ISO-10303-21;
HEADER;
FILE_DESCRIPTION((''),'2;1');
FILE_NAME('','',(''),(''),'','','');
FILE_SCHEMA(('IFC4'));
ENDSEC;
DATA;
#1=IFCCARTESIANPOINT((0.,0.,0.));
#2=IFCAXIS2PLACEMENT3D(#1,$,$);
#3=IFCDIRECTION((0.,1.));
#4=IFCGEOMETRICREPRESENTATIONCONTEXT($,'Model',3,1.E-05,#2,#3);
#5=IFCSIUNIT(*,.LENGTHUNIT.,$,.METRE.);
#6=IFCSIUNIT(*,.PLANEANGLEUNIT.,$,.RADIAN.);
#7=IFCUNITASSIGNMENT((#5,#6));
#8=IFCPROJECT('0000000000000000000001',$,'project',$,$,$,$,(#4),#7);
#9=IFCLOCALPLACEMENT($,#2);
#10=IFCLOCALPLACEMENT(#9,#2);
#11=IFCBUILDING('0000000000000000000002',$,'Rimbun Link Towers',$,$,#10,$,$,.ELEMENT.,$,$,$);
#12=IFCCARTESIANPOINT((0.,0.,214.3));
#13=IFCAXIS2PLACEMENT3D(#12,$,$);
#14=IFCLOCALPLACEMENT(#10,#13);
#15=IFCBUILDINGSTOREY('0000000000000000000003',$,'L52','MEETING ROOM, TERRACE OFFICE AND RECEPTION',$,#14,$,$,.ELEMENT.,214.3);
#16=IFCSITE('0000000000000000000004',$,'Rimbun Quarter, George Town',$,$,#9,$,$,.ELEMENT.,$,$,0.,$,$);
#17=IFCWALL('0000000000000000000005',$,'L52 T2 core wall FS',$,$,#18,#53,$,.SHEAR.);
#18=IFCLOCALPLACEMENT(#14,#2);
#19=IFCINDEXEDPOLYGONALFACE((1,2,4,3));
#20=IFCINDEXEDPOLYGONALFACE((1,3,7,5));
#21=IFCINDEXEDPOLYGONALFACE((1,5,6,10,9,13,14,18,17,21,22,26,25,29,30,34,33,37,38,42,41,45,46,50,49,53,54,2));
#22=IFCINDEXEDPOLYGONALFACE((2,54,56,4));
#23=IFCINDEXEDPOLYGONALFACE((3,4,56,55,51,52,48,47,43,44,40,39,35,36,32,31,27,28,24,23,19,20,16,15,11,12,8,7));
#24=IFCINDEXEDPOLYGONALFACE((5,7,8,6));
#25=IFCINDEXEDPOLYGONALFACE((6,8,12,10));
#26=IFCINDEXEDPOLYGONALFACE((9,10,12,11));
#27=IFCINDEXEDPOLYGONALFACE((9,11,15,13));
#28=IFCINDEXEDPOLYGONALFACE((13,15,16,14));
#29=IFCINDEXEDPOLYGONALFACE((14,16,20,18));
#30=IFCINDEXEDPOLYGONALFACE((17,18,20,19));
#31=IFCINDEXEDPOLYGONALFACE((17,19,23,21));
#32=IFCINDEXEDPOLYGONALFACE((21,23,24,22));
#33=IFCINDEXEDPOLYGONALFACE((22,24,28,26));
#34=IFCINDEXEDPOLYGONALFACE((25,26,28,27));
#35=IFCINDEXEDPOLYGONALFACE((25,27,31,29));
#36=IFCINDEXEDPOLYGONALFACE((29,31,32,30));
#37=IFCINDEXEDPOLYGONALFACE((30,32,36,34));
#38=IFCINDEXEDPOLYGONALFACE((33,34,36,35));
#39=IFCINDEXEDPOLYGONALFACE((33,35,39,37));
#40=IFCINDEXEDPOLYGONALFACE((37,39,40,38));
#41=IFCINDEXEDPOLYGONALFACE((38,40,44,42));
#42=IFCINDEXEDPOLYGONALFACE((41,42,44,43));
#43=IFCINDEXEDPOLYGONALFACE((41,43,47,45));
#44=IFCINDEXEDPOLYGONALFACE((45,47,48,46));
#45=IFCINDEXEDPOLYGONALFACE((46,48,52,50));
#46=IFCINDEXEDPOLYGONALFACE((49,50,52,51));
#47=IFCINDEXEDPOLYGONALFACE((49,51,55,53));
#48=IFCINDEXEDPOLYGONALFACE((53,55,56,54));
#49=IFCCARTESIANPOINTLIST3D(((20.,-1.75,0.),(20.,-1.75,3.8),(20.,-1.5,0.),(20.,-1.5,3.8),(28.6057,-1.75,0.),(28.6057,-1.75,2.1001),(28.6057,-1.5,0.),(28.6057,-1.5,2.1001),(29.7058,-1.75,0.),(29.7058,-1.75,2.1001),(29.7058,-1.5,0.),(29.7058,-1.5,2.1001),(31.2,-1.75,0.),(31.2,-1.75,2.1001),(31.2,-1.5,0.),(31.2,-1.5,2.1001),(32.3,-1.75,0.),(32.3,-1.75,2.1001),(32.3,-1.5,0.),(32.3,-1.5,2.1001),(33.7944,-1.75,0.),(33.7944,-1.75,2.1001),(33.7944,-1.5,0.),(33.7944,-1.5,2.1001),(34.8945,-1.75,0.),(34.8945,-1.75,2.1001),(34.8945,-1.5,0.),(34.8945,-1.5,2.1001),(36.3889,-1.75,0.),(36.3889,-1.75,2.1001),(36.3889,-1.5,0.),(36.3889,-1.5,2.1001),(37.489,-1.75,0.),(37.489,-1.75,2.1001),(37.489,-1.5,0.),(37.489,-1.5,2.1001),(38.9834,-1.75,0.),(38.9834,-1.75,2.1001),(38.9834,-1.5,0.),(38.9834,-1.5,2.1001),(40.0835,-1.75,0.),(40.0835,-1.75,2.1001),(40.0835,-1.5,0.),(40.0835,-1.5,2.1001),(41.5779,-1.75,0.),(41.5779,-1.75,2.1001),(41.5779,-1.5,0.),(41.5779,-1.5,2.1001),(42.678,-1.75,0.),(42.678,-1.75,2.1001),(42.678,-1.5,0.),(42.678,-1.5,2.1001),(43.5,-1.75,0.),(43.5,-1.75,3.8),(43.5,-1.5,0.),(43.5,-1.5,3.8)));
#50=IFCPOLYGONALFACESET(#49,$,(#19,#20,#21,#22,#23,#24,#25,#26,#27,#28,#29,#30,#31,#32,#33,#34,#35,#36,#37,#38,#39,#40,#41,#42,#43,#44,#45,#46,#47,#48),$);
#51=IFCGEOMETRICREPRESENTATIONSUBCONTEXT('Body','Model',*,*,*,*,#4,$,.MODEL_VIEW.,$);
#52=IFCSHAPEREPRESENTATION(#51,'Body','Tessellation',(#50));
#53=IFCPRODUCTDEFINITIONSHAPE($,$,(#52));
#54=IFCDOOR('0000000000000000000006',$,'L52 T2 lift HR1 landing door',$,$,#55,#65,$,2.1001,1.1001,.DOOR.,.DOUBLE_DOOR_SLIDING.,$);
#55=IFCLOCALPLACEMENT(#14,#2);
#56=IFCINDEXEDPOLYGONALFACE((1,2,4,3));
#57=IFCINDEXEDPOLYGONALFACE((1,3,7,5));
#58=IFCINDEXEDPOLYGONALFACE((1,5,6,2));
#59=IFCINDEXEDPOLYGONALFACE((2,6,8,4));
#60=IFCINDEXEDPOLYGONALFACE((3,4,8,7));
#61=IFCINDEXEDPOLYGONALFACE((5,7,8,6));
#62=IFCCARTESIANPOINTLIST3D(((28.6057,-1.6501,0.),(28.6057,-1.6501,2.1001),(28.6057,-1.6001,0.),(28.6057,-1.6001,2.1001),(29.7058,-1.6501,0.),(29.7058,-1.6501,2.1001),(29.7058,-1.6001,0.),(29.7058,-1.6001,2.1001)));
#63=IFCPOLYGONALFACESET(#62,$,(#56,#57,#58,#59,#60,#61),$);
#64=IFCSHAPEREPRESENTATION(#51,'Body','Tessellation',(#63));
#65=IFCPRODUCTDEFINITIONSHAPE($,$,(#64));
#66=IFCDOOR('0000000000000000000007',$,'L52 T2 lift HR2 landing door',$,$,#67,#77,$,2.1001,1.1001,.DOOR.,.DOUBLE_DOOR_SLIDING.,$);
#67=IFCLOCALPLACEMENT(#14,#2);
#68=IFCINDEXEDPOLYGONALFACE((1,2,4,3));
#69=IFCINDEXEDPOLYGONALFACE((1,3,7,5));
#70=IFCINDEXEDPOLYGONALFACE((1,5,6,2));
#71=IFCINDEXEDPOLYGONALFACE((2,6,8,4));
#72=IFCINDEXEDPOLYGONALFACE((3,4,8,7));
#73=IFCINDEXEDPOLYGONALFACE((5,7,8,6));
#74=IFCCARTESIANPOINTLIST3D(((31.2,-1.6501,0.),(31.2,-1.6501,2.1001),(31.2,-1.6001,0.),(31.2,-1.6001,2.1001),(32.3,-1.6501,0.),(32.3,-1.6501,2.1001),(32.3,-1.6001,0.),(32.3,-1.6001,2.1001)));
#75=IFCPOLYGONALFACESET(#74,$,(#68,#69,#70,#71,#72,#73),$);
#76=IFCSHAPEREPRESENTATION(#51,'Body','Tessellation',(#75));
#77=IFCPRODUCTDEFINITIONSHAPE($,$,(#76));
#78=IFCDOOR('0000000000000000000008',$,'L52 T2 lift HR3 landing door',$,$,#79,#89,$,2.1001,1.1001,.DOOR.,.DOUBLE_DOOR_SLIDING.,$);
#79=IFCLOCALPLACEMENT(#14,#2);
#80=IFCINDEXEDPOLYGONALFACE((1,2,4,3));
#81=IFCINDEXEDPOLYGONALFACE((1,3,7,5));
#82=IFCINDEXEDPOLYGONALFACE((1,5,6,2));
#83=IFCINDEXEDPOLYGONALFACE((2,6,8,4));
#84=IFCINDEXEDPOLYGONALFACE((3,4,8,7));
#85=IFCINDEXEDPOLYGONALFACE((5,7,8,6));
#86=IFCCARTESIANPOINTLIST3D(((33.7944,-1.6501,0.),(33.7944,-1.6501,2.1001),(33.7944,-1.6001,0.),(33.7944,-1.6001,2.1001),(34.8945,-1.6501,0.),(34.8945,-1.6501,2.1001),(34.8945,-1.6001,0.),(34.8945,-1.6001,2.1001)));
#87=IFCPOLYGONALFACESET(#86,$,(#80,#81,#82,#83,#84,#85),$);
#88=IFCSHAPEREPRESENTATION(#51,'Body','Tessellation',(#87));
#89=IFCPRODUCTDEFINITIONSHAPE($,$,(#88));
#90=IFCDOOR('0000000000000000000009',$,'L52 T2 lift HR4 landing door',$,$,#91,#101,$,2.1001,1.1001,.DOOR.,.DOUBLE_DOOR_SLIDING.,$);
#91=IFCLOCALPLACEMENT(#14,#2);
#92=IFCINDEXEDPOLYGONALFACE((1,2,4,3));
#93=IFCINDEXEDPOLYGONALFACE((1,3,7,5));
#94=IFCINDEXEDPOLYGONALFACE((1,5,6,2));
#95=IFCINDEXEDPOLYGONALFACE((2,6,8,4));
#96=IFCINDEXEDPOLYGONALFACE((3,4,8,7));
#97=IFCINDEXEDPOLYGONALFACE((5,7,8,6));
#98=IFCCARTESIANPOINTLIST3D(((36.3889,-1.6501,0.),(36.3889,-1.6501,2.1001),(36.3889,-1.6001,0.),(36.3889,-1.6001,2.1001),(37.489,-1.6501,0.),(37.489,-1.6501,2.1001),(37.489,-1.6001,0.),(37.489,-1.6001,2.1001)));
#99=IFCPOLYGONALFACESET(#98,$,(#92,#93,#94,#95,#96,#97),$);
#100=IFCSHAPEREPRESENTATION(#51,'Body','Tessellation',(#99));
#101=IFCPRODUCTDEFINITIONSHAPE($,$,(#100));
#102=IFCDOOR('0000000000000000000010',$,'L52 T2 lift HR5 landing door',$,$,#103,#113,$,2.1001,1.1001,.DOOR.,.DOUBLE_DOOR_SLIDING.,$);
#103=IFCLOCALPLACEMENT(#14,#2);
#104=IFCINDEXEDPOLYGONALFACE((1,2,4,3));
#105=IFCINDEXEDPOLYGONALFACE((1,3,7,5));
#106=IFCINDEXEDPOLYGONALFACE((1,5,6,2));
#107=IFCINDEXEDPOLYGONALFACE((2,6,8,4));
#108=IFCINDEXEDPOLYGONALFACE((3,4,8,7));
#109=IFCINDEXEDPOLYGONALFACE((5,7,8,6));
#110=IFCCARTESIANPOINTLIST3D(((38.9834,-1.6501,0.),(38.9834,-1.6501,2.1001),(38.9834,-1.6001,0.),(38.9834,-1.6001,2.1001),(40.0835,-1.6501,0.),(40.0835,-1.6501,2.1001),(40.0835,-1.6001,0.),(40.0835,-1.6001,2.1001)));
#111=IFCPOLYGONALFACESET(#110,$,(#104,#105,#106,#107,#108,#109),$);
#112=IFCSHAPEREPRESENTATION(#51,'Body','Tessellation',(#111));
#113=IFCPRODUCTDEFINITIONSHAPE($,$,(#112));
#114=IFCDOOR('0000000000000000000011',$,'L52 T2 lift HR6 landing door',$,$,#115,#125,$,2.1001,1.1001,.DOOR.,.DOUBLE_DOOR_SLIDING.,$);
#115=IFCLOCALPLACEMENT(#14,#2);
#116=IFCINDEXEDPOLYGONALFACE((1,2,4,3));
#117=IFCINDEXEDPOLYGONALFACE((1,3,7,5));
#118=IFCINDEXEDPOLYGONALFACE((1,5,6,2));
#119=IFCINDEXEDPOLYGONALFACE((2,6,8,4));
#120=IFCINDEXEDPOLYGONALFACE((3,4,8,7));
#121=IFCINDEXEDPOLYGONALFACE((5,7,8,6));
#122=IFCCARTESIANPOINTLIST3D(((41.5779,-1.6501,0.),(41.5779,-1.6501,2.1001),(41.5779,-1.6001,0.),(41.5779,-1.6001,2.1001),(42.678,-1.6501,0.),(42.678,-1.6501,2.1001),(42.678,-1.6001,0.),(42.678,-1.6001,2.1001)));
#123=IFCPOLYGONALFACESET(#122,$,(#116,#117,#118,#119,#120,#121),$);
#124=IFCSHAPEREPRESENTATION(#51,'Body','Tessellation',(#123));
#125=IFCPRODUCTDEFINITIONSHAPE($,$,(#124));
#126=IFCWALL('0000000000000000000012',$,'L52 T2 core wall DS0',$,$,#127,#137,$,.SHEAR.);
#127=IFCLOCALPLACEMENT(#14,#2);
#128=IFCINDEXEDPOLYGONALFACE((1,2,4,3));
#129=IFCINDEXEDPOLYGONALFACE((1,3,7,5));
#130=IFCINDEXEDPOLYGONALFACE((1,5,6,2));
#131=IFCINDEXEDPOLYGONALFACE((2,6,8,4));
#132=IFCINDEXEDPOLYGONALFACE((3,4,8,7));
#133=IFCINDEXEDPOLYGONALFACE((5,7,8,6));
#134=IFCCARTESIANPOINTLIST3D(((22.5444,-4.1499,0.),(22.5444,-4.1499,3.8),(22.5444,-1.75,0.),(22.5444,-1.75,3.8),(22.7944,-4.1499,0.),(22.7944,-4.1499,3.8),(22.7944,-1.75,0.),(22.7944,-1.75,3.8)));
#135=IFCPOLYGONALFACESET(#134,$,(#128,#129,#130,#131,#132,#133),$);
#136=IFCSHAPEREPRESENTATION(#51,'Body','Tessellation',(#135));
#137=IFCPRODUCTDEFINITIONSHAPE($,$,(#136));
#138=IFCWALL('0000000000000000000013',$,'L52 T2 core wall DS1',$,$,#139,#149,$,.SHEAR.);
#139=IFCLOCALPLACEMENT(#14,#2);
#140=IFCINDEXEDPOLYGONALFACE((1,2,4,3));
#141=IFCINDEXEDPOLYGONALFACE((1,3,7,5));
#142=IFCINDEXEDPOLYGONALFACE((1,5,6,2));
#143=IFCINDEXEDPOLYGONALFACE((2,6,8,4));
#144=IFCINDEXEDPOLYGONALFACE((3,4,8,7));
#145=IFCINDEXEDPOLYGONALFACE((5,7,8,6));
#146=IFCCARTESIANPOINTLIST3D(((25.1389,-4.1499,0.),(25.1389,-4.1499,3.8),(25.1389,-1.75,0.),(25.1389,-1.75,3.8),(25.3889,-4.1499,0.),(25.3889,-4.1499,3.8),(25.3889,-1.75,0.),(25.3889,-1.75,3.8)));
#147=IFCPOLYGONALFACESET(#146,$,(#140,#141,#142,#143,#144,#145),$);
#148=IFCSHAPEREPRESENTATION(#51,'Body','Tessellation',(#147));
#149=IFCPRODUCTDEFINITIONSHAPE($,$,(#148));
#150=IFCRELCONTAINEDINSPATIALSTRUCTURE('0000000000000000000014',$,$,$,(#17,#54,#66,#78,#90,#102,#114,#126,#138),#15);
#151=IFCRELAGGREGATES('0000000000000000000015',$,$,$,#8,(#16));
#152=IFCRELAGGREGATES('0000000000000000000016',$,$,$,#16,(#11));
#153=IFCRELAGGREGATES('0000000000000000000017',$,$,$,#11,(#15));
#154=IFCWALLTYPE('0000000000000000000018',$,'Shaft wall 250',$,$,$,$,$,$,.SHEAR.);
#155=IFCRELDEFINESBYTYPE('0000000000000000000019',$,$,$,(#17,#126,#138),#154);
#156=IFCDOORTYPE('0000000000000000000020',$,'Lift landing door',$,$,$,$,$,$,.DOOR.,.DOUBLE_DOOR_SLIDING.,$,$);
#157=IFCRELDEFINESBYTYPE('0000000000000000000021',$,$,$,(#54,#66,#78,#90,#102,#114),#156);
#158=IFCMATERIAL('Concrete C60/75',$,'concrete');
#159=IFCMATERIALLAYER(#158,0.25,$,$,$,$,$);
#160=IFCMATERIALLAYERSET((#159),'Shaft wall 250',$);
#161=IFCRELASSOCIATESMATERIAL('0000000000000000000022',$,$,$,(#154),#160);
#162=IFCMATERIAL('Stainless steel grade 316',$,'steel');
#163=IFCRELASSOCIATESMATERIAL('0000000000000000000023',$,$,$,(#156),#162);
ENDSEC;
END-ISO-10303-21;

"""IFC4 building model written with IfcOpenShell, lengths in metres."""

from ifc_helpers import new_model, si_unit, direction, frame, frame_2d, origin, place, context, subcontext, project, spatial, rectangle, extrude, material, layer, layer_set, type_object, element, fill, save


model = new_model("IFC4")

# Units and contexts
model_context = context("Model", 3, precision=1e-05, world=origin(), true_north=direction((0.0, 1.0)))
body_context = subcontext(model_context, "Body", "Model", "MODEL_VIEW")
ifc_project = project(units=[si_unit("LENGTHUNIT", "METRE"), si_unit("PLANEANGLEUNIT", "RADIAN")], contexts=[model_context])

# Site, building, storey
site_placement = place(None, origin())
site = spatial("IfcSite", under=ifc_project, at=site_placement, Name="Rimbun Quarter, George Town", CompositionType="ELEMENT", RefElevation=0.0)
building_placement = place(site_placement, origin())
building = spatial("IfcBuilding", under=site, at=building_placement, Name="Rimbun Link Towers", CompositionType="ELEMENT")
storey_placement = place(building_placement, frame((0.0, 0.0, 214.3)))
storey = spatial("IfcBuildingStorey", under=building, at=storey_placement, Name="L52", Description="MEETING ROOM, TERRACE OFFICE AND RECEPTION", CompositionType="ELEMENT", Elevation=214.3)

# Shared definitions
ifc_material_1 = material(Name="Concrete C60/75", Category="concrete")
ifc_layer_1 = layer(ifc_material_1, 0.25)
ifc_layer_set_1 = layer_set([ifc_layer_1], Name="Shaft wall 250")
wall_type_1 = type_object("IfcWallType", Name="Shaft wall 250", PredefinedType="SHEAR", material=ifc_layer_set_1)

# Wall, openings, doors
wall_1_placement = place(storey_placement, frame((20.0, -1.625, 0.0), z_axis=(0.0, 0.0, 1.0), x_axis=(1.0, 0.0, 0.0)))
wall_1 = element("IfcWall", 1, at=wall_1_placement, inside=storey, type_object=wall_type_1, Name="L52 T2 core wall FS", PredefinedType="SHEAR", context=body_context, shape_type="SweptSolid", body=[
    extrude(rectangle(XDim=23.5, YDim=0.25, at=frame_2d((11.75, 0.0))), origin(), (0.0, 0.0, 1.0), 3.8),
])
opening_1_placement = place(wall_1_placement, frame((8.6057, 0.0, 0.0)))
opening_1 = element("IfcOpeningElement", 2, at=opening_1_placement, cuts=wall_1, PredefinedType="OPENING", context=body_context, shape_type="SweptSolid", body=[
    extrude(rectangle(XDim=1.1001, YDim=2.1001, at=frame_2d((0.55, 1.05))), frame((0.0, 0.135, 0.0), z_axis=(0.0, -1.0, 0.0), x_axis=(1.0, 0.0, 0.0)), (0.0, 0.0, 1.0), 0.27),
])
opening_2_placement = place(wall_1_placement, frame((11.2, 0.0, 0.0)))
opening_2 = element("IfcOpeningElement", 3, at=opening_2_placement, cuts=wall_1, PredefinedType="OPENING", context=body_context, shape_type="SweptSolid", body=[
    extrude(rectangle(XDim=1.1001, YDim=2.1001, at=frame_2d((0.55, 1.05))), frame((0.0, 0.135, 0.0), z_axis=(0.0, -1.0, 0.0), x_axis=(1.0, 0.0, 0.0)), (0.0, 0.0, 1.0), 0.27),
])
opening_3_placement = place(wall_1_placement, frame((13.7944, 0.0, 0.0)))
opening_3 = element("IfcOpeningElement", 4, at=opening_3_placement, cuts=wall_1, PredefinedType="OPENING", context=body_context, shape_type="SweptSolid", body=[
    extrude(rectangle(XDim=1.1001, YDim=2.1001, at=frame_2d((0.55, 1.05))), frame((0.0, 0.135, 0.0), z_axis=(0.0, -1.0, 0.0), x_axis=(1.0, 0.0, 0.0)), (0.0, 0.0, 1.0), 0.27),
])
opening_4_placement = place(wall_1_placement, frame((16.3889, 0.0, 0.0)))
opening_4 = element("IfcOpeningElement", 5, at=opening_4_placement, cuts=wall_1, PredefinedType="OPENING", context=body_context, shape_type="SweptSolid", body=[
    extrude(rectangle(XDim=1.1001, YDim=2.1001, at=frame_2d((0.55, 1.05))), frame((0.0, 0.135, 0.0), z_axis=(0.0, -1.0, 0.0), x_axis=(1.0, 0.0, 0.0)), (0.0, 0.0, 1.0), 0.27),
])
opening_5_placement = place(wall_1_placement, frame((18.9834, 0.0, 0.0)))
opening_5 = element("IfcOpeningElement", 6, at=opening_5_placement, cuts=wall_1, PredefinedType="OPENING", context=body_context, shape_type="SweptSolid", body=[
    extrude(rectangle(XDim=1.1001, YDim=2.1001, at=frame_2d((0.55, 1.05))), frame((0.0, 0.135, 0.0), z_axis=(0.0, -1.0, 0.0), x_axis=(1.0, 0.0, 0.0)), (0.0, 0.0, 1.0), 0.27),
])
opening_6_placement = place(wall_1_placement, frame((21.5779, 0.0, 0.0)))
opening_6 = element("IfcOpeningElement", 7, at=opening_6_placement, cuts=wall_1, PredefinedType="OPENING", context=body_context, shape_type="SweptSolid", body=[
    extrude(rectangle(XDim=1.1001, YDim=2.1001, at=frame_2d((0.55, 1.05))), frame((0.0, 0.135, 0.0), z_axis=(0.0, -1.0, 0.0), x_axis=(1.0, 0.0, 0.0)), (0.0, 0.0, 1.0), 0.27),
])
ifc_material_2 = material(Name="Stainless steel grade 316", Category="steel")
door_type_1 = type_object("IfcDoorType", Name="Lift landing door", OperationType="DOUBLE_DOOR_SLIDING", PredefinedType="DOOR", material=ifc_material_2)
door_1_placement = place(opening_1_placement, origin())
door_1 = element("IfcDoor", 8, at=door_1_placement, inside=storey, type_object=door_type_1, Name="L52 T2 lift HR1 landing door", OperationType="DOUBLE_DOOR_SLIDING", OverallHeight=2.1001, OverallWidth=1.1001, PredefinedType="DOOR", context=body_context, shape_type="SweptSolid", body=[
    extrude(rectangle(XDim=1.1001, YDim=2.1001, at=frame_2d((0.55, 1.05))), frame((0.0, 0.0249, 0.0), z_axis=(0.0, -1.0, 0.0), x_axis=(1.0, 0.0, 0.0)), (0.0, 0.0, 1.0), 0.05),
])
fill(opening_1, door_1)
door_2_placement = place(opening_2_placement, origin())
door_2 = element("IfcDoor", 9, at=door_2_placement, inside=storey, type_object=door_type_1, Name="L52 T2 lift HR2 landing door", OperationType="DOUBLE_DOOR_SLIDING", OverallHeight=2.1001, OverallWidth=1.1001, PredefinedType="DOOR", context=body_context, shape_type="SweptSolid", body=[
    extrude(rectangle(XDim=1.1001, YDim=2.1001, at=frame_2d((0.55, 1.05))), frame((0.0, 0.0249, 0.0), z_axis=(0.0, -1.0, 0.0), x_axis=(1.0, 0.0, 0.0)), (0.0, 0.0, 1.0), 0.05),
])
fill(opening_2, door_2)
door_3_placement = place(opening_3_placement, origin())
door_3 = element("IfcDoor", 10, at=door_3_placement, inside=storey, type_object=door_type_1, Name="L52 T2 lift HR3 landing door", OperationType="DOUBLE_DOOR_SLIDING", OverallHeight=2.1001, OverallWidth=1.1001, PredefinedType="DOOR", context=body_context, shape_type="SweptSolid", body=[
    extrude(rectangle(XDim=1.1001, YDim=2.1001, at=frame_2d((0.55, 1.05))), frame((0.0, 0.0249, 0.0), z_axis=(0.0, -1.0, 0.0), x_axis=(1.0, 0.0, 0.0)), (0.0, 0.0, 1.0), 0.05),
])
fill(opening_3, door_3)
door_4_placement = place(opening_4_placement, origin())
door_4 = element("IfcDoor", 11, at=door_4_placement, inside=storey, type_object=door_type_1, Name="L52 T2 lift HR4 landing door", OperationType="DOUBLE_DOOR_SLIDING", OverallHeight=2.1001, OverallWidth=1.1001, PredefinedType="DOOR", context=body_context, shape_type="SweptSolid", body=[
    extrude(rectangle(XDim=1.1001, YDim=2.1001, at=frame_2d((0.55, 1.05))), frame((0.0, 0.0249, 0.0), z_axis=(0.0, -1.0, 0.0), x_axis=(1.0, 0.0, 0.0)), (0.0, 0.0, 1.0), 0.05),
])
fill(opening_4, door_4)
door_5_placement = place(opening_5_placement, origin())
door_5 = element("IfcDoor", 12, at=door_5_placement, inside=storey, type_object=door_type_1, Name="L52 T2 lift HR5 landing door", OperationType="DOUBLE_DOOR_SLIDING", OverallHeight=2.1001, OverallWidth=1.1001, PredefinedType="DOOR", context=body_context, shape_type="SweptSolid", body=[
    extrude(rectangle(XDim=1.1001, YDim=2.1001, at=frame_2d((0.55, 1.05))), frame((0.0, 0.0249, 0.0), z_axis=(0.0, -1.0, 0.0), x_axis=(1.0, 0.0, 0.0)), (0.0, 0.0, 1.0), 0.05),
])
fill(opening_5, door_5)
door_6_placement = place(opening_6_placement, origin())
door_6 = element("IfcDoor", 13, at=door_6_placement, inside=storey, type_object=door_type_1, Name="L52 T2 lift HR6 landing door", OperationType="DOUBLE_DOOR_SLIDING", OverallHeight=2.1001, OverallWidth=1.1001, PredefinedType="DOOR", context=body_context, shape_type="SweptSolid", body=[
    extrude(rectangle(XDim=1.1001, YDim=2.1001, at=frame_2d((0.55, 1.05))), frame((0.0, 0.0249, 0.0), z_axis=(0.0, -1.0, 0.0), x_axis=(1.0, 0.0, 0.0)), (0.0, 0.0, 1.0), 0.05),
])
fill(opening_6, door_6)

# Walls
for number, where, z_axis, x_axis, name in (
    (14, (22.6694, -4.1499, 0.0), (0.0, 0.0, 1.0), (0.0, 1.0, 0.0), "L52 T2 core wall DS0"),
    (15, (25.2639, -4.1499, 0.0), (0.0, 0.0, 1.0), (0.0, 1.0, 0.0), "L52 T2 core wall DS1"),
):
    element("IfcWall", number, at=place(storey_placement, frame(where, z_axis=z_axis, x_axis=x_axis)), inside=storey, type_object=wall_type_1, Name=name, PredefinedType="SHEAR", context=body_context, shape_type="SweptSolid", body=[
        extrude(rectangle(XDim=2.3999, YDim=0.25, at=frame_2d((1.2, 0.0))), origin(), (0.0, 0.0, 1.0), 3.8),
    ])

save(model, "model.ifc")
